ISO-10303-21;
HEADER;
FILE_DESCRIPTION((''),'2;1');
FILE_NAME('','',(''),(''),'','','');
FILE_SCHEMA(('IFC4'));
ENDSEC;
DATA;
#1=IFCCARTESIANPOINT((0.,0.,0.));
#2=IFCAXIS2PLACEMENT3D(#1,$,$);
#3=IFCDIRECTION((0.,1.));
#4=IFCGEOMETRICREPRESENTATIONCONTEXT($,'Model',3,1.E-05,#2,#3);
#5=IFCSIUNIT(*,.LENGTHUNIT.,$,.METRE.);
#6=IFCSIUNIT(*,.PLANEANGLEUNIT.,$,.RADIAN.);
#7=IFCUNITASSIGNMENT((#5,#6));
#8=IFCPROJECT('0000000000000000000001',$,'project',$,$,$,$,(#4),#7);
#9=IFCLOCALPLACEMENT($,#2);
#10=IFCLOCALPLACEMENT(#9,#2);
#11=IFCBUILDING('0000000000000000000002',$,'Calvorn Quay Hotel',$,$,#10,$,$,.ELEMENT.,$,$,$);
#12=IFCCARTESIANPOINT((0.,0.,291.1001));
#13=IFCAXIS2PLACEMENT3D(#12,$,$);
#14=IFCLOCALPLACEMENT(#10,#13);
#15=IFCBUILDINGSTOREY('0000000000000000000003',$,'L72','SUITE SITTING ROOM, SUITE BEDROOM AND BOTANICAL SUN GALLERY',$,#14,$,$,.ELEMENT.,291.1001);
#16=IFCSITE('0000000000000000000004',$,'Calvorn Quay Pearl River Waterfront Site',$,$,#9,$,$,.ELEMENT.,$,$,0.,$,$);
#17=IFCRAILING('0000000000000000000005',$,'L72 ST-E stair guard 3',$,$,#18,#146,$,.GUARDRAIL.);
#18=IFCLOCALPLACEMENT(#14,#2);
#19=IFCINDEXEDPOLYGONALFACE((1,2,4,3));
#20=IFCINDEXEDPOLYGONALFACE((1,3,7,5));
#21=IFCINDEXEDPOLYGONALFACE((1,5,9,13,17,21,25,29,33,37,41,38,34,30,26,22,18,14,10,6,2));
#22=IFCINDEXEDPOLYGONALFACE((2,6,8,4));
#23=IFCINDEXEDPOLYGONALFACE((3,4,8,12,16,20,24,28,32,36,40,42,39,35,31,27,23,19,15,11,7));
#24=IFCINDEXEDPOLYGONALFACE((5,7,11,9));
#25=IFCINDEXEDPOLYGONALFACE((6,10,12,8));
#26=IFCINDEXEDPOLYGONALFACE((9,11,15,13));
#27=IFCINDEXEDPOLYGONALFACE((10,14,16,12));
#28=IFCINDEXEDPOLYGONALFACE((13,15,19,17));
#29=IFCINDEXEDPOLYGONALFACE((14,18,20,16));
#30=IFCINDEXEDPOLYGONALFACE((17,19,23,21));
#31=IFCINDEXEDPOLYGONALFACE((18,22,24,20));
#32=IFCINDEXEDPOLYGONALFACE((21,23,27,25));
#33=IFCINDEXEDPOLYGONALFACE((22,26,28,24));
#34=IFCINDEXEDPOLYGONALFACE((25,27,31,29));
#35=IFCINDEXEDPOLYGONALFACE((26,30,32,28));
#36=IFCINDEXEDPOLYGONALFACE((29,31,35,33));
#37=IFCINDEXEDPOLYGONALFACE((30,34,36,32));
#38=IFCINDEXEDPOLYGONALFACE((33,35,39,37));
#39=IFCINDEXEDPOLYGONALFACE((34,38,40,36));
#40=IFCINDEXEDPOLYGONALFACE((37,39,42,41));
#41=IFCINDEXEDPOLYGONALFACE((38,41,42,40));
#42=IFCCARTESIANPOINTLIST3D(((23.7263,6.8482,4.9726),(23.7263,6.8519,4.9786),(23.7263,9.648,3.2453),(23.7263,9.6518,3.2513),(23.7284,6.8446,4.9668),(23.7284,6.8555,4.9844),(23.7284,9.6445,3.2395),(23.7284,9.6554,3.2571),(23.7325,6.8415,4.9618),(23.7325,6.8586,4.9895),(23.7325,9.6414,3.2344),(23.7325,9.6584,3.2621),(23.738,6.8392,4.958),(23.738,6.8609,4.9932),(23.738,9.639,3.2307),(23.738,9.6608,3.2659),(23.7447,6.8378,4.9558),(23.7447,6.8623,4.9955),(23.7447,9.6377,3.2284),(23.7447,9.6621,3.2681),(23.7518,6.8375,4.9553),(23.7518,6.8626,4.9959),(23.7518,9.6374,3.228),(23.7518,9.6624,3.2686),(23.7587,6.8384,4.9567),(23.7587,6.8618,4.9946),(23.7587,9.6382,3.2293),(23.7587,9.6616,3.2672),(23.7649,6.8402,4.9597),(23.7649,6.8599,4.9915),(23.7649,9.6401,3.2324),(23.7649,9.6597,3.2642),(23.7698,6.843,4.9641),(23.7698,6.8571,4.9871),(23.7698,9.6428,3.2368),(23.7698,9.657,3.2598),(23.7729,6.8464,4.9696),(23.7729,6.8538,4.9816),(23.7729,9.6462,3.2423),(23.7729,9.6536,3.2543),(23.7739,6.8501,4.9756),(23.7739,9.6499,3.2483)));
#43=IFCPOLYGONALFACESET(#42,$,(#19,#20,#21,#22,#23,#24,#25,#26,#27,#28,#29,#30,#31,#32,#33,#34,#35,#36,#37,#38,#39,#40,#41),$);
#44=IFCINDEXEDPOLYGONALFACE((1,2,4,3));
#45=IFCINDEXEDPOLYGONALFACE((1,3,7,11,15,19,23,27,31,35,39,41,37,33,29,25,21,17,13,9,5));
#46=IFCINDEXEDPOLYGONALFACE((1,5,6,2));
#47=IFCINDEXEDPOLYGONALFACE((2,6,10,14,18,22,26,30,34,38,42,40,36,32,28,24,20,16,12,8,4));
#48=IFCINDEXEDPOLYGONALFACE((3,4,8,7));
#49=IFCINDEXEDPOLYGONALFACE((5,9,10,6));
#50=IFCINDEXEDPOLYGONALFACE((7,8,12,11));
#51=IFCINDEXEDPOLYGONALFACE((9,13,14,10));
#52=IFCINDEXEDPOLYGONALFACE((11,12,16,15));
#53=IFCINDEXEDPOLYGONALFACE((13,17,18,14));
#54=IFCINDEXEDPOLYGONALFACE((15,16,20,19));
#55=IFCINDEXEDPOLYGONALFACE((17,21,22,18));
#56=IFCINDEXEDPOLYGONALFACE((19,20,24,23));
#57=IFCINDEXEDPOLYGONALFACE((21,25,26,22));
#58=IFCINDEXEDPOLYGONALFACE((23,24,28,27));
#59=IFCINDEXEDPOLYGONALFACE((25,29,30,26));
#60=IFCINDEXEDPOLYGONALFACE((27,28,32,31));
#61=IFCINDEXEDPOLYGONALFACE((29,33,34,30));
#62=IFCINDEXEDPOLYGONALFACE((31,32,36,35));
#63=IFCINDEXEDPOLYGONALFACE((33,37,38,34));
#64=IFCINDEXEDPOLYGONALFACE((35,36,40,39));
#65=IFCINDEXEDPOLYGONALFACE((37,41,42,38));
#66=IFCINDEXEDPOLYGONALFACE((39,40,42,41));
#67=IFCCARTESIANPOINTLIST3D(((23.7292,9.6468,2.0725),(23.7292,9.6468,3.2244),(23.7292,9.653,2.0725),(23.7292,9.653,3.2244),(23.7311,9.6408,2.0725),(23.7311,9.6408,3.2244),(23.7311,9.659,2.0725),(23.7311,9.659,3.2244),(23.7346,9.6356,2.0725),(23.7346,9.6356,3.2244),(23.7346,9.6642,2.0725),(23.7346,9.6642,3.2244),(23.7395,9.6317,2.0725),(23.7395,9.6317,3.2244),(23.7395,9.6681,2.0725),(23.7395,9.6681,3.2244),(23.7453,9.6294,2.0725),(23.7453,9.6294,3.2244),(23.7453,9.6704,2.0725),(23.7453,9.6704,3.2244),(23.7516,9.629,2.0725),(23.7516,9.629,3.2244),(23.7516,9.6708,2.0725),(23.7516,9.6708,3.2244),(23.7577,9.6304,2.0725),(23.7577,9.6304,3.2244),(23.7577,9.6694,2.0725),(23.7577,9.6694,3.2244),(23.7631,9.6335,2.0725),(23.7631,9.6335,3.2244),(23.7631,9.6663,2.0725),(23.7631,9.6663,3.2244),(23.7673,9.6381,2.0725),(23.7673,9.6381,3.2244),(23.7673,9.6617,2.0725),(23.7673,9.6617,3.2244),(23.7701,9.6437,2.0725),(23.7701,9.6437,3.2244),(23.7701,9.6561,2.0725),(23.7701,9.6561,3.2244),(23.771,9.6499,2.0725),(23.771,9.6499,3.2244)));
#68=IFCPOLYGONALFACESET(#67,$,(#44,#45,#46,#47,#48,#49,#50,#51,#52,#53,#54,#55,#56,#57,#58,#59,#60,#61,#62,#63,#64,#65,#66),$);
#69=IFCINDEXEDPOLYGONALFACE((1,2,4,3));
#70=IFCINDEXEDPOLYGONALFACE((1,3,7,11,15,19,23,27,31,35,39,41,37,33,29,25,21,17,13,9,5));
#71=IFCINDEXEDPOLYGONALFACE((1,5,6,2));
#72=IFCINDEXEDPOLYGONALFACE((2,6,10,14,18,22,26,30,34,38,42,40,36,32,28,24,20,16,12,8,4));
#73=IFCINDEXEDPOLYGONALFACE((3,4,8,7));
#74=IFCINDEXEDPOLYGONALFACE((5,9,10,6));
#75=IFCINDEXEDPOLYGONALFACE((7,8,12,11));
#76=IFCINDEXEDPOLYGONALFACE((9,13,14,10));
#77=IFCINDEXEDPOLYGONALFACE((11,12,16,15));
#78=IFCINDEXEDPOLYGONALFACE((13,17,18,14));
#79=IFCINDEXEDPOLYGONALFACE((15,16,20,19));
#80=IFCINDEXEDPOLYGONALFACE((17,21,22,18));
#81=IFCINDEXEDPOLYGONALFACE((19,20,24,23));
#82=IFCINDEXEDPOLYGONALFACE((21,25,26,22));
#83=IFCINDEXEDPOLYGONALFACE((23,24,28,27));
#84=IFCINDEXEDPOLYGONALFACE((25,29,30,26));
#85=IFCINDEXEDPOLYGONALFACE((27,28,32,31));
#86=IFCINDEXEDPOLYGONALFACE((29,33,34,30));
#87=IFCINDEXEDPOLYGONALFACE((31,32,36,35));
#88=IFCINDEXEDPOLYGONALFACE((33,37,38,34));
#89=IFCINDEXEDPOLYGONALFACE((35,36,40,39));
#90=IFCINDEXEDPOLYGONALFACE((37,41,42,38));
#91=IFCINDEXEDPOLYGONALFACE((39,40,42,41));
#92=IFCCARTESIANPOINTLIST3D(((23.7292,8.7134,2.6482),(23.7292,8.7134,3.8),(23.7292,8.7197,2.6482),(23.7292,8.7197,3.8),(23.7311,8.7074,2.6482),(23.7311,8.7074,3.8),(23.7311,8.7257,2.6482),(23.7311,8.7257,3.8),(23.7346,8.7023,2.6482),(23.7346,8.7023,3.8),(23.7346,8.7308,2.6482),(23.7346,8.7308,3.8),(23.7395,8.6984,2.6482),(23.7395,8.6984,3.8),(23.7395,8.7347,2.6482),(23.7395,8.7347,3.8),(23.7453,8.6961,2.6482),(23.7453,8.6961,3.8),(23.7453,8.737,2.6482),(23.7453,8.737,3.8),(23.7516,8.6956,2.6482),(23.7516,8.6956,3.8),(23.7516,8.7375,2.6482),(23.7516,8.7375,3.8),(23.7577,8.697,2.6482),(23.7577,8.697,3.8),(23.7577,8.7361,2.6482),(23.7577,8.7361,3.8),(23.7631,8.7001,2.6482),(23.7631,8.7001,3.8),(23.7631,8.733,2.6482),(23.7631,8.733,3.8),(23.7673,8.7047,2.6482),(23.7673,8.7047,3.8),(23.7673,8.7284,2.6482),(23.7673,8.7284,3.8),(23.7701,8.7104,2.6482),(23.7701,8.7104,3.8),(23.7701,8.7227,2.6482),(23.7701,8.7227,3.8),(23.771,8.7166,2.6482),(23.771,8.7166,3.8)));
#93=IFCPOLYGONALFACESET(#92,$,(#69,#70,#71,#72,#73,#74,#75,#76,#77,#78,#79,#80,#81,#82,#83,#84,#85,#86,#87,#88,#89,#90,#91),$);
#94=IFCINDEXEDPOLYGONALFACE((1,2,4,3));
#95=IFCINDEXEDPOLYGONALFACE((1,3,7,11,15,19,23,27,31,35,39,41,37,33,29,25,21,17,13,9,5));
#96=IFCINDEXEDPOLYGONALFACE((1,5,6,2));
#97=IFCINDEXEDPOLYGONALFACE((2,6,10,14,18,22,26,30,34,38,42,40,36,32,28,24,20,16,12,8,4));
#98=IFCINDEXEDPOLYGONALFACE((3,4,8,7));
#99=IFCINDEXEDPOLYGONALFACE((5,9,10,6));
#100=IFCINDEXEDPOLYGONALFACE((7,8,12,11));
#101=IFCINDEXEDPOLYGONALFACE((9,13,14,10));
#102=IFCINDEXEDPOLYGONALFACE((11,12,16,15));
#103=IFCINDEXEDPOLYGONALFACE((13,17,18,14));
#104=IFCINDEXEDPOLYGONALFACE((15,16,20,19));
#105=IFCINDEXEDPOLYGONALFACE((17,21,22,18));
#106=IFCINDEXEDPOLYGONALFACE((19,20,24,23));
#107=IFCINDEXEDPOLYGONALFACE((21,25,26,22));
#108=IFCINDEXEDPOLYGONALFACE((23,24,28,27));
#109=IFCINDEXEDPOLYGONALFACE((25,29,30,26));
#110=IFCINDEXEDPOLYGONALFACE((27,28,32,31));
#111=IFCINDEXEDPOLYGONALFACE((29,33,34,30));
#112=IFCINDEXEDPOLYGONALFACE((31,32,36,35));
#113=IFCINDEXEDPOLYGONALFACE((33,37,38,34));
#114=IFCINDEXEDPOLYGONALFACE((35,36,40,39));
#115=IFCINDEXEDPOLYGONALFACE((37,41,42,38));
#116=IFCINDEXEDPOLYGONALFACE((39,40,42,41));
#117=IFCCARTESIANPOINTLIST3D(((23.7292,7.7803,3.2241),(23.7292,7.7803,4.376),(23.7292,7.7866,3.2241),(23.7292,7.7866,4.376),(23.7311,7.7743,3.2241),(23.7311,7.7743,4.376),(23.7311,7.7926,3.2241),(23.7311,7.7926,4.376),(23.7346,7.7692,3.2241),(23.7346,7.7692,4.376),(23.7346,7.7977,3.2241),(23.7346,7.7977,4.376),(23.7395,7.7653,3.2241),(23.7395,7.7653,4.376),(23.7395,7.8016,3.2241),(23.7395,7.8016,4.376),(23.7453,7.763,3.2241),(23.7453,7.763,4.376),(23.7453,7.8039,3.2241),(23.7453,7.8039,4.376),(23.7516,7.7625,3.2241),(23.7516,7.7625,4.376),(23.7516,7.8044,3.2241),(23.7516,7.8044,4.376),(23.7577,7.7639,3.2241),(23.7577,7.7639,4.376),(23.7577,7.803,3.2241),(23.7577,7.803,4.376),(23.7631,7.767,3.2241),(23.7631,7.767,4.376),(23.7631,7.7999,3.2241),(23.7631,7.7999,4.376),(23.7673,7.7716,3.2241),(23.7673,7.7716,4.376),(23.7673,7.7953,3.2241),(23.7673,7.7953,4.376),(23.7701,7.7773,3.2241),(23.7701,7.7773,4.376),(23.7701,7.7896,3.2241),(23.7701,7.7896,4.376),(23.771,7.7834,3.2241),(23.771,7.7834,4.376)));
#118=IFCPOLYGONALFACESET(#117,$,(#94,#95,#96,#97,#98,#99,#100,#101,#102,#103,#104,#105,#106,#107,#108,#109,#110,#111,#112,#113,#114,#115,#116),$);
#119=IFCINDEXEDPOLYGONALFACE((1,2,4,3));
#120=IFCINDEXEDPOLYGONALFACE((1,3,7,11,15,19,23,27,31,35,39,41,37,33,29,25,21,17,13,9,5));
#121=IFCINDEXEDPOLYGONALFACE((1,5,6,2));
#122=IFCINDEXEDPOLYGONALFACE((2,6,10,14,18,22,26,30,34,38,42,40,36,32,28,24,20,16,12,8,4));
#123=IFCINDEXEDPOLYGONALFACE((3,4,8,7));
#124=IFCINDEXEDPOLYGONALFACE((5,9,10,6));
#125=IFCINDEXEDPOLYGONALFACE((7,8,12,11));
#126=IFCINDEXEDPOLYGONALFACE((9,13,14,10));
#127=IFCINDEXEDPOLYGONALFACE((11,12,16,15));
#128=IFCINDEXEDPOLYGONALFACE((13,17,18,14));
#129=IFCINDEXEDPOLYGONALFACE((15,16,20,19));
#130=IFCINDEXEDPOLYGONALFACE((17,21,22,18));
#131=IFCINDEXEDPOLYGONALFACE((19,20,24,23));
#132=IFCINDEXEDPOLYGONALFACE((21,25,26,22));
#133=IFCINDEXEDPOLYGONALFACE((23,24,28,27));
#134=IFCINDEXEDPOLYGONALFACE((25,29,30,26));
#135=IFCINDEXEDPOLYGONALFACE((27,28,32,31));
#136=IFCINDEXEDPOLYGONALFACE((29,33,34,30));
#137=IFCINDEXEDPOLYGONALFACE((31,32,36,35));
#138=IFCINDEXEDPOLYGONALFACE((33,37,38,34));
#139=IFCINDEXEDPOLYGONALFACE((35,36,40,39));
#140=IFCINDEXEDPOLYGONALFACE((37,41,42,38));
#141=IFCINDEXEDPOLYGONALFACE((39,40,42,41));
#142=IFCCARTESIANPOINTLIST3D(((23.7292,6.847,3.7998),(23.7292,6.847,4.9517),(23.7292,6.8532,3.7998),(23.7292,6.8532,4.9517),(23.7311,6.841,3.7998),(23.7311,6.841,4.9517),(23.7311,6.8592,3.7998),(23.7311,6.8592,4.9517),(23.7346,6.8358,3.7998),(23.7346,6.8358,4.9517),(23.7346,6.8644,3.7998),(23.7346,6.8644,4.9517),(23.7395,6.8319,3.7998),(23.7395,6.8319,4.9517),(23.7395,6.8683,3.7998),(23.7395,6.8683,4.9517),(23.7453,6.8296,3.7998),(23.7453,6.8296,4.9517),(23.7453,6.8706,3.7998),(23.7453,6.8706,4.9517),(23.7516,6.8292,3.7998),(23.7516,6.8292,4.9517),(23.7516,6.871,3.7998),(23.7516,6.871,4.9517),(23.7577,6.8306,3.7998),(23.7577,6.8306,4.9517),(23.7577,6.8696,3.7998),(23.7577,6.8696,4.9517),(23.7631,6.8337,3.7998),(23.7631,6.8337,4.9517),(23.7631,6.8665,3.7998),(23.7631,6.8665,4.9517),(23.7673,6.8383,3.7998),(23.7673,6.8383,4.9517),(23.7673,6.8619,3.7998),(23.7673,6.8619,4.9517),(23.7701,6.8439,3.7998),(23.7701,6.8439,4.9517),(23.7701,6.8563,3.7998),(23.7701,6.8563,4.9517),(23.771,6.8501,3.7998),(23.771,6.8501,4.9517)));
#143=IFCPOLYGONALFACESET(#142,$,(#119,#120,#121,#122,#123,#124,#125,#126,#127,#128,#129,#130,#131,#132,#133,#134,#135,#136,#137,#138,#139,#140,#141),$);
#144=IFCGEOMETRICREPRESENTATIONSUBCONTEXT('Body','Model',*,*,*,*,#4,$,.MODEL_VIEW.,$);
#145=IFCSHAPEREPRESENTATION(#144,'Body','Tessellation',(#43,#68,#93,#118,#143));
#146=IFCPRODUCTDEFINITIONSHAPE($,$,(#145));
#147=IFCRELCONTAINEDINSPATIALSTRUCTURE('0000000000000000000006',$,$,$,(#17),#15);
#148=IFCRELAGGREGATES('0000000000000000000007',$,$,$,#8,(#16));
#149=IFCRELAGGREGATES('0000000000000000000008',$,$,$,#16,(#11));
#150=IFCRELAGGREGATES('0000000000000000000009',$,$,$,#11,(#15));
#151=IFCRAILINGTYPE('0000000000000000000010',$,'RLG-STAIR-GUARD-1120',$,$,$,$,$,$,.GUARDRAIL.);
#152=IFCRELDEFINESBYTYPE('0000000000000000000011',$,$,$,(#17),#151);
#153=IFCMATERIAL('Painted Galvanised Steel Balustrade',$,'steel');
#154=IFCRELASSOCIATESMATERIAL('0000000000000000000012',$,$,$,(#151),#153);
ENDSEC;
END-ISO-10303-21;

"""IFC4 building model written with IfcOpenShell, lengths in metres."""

from ifc_helpers import new_model, si_unit, direction, frame, origin, origin_2d, place, context, subcontext, project, spatial, circle, extrude, material, type_object, element, save


model = new_model("IFC4")

# Units and contexts
model_context = context("Model", 3, precision=1e-05, world=origin(), true_north=direction((0.0, 1.0)))
body_context = subcontext(model_context, "Body", "Model", "MODEL_VIEW")
ifc_project = project(units=[si_unit("LENGTHUNIT", "METRE"), si_unit("PLANEANGLEUNIT", "RADIAN")], contexts=[model_context])

# Site, building, storey
site_placement = place(None, origin())
site = spatial("IfcSite", under=ifc_project, at=site_placement, Name="Calvorn Quay Pearl River Waterfront Site", CompositionType="ELEMENT", RefElevation=0.0)
building_placement = place(site_placement, origin())
building = spatial("IfcBuilding", under=site, at=building_placement, Name="Calvorn Quay Hotel", CompositionType="ELEMENT")
storey_placement = place(building_placement, frame((0.0, 0.0, 291.1001)))
storey = spatial("IfcBuildingStorey", under=building, at=storey_placement, Name="L72", Description="SUITE SITTING ROOM, SUITE BEDROOM AND BOTANICAL SUN GALLERY", CompositionType="ELEMENT", Elevation=291.1001)

# Railing
ifc_material_1 = material(Name="Painted Galvanised Steel Balustrade", Category="steel")
railing_type_1 = type_object("IfcRailingType", Name="RLG-STAIR-GUARD-1120", PredefinedType="GUARDRAIL", material=ifc_material_1)
railing_1_placement = place(storey_placement, frame((23.75, 9.6499, 2.0725)))
element("IfcRailing", 1, at=railing_1_placement, inside=storey, type_object=railing_type_1, Name="L72 ST-E stair guard 3", PredefinedType="GUARDRAIL", context=body_context, shape_type="SweptSolid", body=[
    extrude(circle(Radius=0.0239, at=origin_2d()), frame((0.0, 0.0, 1.1758), z_axis=(0.0, -0.851069, 0.525054), x_axis=(1.0, 0.0, 0.0)), (0.0, 0.0, 1.0), 3.2898),
    extrude(circle(Radius=0.021, at=origin_2d()), origin(), (0.0, 0.0, 1.0), 1.1519),
    extrude(circle(Radius=0.021, at=origin_2d()), frame((0.0, -0.9333, 0.5757)), (0.0, 0.0, 1.0), 1.1519),
    extrude(circle(Radius=0.021, at=origin_2d()), frame((0.0, -1.8665, 1.1516)), (0.0, 0.0, 1.0), 1.1519),
    extrude(circle(Radius=0.021, at=origin_2d()), frame((0.0, -2.7998, 1.7273)), (0.0, 0.0, 1.0), 1.1519),
])

save(model, "model.ifc")
